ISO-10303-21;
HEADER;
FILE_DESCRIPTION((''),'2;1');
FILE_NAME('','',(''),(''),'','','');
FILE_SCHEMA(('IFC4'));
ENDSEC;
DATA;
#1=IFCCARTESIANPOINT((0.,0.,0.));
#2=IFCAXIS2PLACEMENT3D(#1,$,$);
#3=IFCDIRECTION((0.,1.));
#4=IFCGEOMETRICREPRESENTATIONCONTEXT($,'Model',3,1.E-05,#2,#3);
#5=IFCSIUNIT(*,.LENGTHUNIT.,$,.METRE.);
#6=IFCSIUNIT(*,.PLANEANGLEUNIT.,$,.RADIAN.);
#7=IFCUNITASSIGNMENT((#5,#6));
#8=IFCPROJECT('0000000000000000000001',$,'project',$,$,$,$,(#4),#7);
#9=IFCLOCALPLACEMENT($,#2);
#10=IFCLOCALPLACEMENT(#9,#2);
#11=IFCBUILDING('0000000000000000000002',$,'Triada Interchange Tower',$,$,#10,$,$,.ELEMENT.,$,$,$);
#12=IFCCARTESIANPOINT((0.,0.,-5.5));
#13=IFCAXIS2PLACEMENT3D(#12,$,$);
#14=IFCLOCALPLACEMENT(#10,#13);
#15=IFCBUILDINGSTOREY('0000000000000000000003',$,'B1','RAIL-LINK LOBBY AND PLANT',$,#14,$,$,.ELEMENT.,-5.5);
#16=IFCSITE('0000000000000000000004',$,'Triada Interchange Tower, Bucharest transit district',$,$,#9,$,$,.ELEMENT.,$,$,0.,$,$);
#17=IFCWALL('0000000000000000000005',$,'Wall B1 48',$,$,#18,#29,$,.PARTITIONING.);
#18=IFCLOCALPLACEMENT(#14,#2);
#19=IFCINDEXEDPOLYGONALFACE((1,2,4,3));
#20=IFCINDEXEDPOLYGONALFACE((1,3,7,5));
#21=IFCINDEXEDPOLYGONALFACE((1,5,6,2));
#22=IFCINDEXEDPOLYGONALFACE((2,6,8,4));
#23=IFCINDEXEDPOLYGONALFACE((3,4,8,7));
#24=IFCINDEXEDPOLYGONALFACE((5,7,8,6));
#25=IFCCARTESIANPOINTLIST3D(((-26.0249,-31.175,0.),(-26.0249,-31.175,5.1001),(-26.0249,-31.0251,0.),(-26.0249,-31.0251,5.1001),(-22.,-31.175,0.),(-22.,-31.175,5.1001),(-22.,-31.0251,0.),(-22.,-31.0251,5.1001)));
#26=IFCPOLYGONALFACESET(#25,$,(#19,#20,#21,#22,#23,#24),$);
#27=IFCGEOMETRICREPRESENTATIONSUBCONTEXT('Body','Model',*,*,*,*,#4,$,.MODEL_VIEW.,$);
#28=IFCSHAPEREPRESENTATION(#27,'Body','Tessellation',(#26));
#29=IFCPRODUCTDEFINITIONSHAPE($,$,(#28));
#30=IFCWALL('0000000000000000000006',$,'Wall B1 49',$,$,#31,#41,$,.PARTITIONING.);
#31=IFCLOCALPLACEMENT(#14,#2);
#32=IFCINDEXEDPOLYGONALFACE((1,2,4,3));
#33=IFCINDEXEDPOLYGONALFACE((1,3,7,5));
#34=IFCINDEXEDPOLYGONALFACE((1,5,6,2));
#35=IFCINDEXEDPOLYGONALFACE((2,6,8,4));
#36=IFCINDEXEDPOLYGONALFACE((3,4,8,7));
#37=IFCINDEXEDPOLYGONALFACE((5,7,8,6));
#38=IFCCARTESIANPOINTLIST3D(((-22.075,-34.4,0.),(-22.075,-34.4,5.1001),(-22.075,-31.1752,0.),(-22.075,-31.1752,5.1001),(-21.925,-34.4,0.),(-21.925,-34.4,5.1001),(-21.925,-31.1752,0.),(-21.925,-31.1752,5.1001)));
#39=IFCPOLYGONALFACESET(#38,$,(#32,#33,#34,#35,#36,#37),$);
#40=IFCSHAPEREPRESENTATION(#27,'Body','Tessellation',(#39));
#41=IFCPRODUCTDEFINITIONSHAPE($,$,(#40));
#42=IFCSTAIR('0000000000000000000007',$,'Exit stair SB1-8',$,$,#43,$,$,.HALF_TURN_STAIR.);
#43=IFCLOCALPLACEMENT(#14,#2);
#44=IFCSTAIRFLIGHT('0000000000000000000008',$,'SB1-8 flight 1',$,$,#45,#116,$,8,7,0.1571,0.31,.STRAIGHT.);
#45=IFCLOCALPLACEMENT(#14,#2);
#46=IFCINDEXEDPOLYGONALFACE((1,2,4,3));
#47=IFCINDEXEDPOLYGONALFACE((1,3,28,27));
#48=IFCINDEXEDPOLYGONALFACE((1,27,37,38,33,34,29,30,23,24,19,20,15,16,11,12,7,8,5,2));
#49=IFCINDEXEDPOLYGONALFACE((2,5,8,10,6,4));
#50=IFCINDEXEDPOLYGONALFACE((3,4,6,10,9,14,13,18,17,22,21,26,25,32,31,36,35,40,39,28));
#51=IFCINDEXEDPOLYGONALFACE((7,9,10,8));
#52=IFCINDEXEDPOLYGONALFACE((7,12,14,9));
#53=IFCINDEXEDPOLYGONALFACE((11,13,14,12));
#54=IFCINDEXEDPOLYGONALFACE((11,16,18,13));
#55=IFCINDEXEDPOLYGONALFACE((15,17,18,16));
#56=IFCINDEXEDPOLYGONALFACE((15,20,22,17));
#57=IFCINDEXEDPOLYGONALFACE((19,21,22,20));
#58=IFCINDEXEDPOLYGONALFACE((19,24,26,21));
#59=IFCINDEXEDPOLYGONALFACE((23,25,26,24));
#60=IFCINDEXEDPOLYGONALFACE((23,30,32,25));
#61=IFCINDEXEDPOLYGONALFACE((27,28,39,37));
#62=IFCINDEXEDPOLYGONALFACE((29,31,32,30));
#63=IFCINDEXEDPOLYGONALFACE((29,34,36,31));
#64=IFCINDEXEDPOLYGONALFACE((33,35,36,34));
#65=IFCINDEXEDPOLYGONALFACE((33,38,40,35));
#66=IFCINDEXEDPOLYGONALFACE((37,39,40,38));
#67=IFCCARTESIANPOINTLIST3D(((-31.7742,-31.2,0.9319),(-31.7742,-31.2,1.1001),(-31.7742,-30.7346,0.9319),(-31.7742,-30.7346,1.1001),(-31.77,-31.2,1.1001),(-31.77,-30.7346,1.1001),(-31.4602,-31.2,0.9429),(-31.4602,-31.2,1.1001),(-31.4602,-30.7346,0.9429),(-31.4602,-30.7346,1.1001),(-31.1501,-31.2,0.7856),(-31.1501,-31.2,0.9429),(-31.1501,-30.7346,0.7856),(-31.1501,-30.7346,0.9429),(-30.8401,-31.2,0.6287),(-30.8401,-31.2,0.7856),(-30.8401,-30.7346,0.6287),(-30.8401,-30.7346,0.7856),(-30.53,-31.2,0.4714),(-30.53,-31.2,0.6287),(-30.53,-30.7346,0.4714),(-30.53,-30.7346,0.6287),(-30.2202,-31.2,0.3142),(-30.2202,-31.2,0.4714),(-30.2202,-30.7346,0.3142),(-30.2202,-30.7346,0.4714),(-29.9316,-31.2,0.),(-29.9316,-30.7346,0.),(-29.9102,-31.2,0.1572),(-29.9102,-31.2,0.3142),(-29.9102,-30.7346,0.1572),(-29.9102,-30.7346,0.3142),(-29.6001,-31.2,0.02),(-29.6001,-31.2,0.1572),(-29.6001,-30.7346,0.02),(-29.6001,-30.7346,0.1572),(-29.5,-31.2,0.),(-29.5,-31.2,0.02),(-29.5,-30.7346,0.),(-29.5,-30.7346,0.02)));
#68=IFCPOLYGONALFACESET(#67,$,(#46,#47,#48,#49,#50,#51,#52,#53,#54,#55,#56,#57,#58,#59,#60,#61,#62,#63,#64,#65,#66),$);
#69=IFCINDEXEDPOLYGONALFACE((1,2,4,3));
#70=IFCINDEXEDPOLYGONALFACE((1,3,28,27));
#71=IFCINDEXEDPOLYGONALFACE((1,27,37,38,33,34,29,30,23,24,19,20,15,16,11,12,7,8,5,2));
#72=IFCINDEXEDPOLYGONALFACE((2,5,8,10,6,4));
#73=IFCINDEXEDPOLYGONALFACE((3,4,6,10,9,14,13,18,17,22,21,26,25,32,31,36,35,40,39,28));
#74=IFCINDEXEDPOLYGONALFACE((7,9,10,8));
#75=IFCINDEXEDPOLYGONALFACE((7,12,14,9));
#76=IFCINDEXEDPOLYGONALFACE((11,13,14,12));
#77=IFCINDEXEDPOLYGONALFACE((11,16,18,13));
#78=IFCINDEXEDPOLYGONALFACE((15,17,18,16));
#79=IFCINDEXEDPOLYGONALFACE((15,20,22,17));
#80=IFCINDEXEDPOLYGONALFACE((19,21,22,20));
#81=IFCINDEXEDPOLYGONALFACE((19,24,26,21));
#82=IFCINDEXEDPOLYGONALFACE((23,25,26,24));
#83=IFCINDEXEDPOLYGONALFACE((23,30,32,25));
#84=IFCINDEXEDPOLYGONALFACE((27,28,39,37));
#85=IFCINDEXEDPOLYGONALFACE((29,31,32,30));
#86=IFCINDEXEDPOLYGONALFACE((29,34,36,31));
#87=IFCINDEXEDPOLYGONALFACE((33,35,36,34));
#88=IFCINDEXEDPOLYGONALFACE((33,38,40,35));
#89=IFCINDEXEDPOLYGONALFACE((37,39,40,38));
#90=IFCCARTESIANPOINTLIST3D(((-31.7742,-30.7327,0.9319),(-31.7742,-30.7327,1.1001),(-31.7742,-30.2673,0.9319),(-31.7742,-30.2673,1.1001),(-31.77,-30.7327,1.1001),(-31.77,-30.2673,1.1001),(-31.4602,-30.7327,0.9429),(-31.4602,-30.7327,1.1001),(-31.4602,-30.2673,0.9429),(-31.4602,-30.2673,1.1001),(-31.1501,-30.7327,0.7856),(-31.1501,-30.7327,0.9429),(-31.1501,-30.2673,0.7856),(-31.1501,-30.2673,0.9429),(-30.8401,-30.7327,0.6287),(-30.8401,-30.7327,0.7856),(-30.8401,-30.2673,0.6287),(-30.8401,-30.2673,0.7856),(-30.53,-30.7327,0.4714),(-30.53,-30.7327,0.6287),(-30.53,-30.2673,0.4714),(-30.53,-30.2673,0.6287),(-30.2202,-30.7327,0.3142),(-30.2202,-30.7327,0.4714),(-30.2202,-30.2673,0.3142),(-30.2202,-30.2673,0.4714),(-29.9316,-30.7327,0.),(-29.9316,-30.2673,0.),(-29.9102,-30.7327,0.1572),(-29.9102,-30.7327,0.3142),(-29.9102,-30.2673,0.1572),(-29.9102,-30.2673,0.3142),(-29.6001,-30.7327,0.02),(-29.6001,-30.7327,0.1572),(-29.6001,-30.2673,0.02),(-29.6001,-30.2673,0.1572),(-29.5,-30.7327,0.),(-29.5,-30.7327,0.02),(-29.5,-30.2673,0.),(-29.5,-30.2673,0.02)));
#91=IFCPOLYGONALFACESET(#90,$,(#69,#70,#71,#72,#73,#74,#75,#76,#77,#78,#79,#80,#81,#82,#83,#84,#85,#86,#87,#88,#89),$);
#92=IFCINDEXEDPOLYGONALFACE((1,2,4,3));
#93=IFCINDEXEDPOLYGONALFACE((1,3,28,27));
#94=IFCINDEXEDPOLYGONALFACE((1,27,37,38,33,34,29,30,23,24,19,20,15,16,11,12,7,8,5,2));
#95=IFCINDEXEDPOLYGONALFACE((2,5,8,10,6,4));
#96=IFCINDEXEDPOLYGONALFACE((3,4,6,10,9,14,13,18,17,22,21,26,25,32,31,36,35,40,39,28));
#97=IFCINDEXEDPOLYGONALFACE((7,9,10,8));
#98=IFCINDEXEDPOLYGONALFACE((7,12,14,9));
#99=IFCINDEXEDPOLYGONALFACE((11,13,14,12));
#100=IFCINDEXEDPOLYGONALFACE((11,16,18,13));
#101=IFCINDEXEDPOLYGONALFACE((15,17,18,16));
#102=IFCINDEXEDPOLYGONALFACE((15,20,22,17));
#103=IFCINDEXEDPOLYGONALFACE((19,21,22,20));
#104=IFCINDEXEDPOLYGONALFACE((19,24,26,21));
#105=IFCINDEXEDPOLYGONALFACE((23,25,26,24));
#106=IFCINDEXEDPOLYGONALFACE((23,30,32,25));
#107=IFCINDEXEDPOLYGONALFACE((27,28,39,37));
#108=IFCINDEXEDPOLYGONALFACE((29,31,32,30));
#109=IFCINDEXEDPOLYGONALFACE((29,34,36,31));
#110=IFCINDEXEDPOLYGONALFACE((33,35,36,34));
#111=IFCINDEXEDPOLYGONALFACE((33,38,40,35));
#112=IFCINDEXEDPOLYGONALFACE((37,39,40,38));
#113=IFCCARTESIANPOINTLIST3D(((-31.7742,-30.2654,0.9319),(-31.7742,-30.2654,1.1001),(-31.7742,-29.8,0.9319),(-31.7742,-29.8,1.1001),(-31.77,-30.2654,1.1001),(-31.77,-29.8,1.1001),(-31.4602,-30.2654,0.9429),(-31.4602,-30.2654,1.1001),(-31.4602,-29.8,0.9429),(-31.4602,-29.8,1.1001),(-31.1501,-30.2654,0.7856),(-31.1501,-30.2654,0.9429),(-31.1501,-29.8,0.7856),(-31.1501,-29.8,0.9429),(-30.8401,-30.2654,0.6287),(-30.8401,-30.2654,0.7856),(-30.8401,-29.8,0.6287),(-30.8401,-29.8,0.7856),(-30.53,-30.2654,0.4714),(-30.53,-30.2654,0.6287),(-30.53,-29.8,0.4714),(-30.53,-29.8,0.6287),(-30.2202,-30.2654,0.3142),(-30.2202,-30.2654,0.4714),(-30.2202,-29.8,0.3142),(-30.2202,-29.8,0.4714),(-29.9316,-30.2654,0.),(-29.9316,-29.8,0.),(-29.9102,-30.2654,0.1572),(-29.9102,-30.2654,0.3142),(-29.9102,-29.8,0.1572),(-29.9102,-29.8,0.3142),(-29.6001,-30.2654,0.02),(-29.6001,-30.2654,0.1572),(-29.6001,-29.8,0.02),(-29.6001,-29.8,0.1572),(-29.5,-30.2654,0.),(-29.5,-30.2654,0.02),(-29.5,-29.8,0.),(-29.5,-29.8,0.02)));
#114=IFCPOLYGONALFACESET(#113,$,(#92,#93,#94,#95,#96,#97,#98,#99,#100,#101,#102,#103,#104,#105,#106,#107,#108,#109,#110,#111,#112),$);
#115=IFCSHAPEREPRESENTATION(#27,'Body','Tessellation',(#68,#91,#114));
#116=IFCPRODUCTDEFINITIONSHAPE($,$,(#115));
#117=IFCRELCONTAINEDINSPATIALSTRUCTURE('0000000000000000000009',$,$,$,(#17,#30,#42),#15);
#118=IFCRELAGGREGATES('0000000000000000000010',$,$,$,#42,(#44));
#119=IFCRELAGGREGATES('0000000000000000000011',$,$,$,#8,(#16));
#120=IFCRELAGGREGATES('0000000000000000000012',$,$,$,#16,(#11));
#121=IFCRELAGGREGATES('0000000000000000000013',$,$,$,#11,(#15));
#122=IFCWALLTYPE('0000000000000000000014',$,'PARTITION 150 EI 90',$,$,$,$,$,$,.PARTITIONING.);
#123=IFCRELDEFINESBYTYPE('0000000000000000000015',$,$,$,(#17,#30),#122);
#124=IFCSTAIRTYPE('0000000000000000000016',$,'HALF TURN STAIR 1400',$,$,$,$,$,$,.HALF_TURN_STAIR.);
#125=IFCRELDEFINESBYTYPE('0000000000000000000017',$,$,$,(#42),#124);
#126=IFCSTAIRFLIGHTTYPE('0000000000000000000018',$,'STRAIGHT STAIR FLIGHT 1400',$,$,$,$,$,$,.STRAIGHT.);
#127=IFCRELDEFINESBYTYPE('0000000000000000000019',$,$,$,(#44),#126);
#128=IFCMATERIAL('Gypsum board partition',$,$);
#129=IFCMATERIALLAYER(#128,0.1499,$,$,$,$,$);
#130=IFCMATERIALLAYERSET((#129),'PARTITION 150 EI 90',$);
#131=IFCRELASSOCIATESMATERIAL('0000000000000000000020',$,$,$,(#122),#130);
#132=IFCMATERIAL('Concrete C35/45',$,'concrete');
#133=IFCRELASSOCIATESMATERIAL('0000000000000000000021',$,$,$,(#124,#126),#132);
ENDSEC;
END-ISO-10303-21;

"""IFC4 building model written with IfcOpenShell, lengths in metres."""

from ifc_helpers import new_model, si_unit, direction, frame, frame_2d, origin, place, context, subcontext, project, spatial, polyline, rectangle, outline, extrude, material, layer, layer_set, type_object, element, aggregate, save


model = new_model("IFC4")

# Units and contexts
model_context = context("Model", 3, precision=1e-05, world=origin(), true_north=direction((0.0, 1.0)))
body_context = subcontext(model_context, "Body", "Model", "MODEL_VIEW")
ifc_project = project(units=[si_unit("LENGTHUNIT", "METRE"), si_unit("PLANEANGLEUNIT", "RADIAN")], contexts=[model_context])

# Site, building, storey
site_placement = place(None, origin())
site = spatial("IfcSite", under=ifc_project, at=site_placement, Name="Triada Interchange Tower, Bucharest transit district", CompositionType="ELEMENT", RefElevation=0.0)
building_placement = place(site_placement, origin())
building = spatial("IfcBuilding", under=site, at=building_placement, Name="Triada Interchange Tower", CompositionType="ELEMENT")
storey_placement = place(building_placement, frame((0.0, 0.0, -5.5)))
storey = spatial("IfcBuildingStorey", under=building, at=storey_placement, Name="B1", Description="RAIL-LINK LOBBY AND PLANT", CompositionType="ELEMENT", Elevation=-5.5)

# Shared definitions
ifc_material_1 = material(Name="Concrete C35/45", Category="concrete")

# Shared definitions
ifc_material_2 = material(Name="Gypsum board partition")

# Walls
ifc_layer_1 = layer(ifc_material_2, 0.1499)
ifc_layer_set_1 = layer_set([ifc_layer_1], Name="PARTITION 150 EI 90")
wall_type_1 = type_object("IfcWallType", Name="PARTITION 150 EI 90", PredefinedType="PARTITIONING", material=ifc_layer_set_1)
wall_1_placement = place(storey_placement, frame((-26.0249, -31.1001, 0.0), z_axis=(0.0, 0.0, 1.0), x_axis=(1.0, 0.0, 0.0)))
element("IfcWall", 1, at=wall_1_placement, inside=storey, type_object=wall_type_1, Name="Wall B1 48", PredefinedType="PARTITIONING", context=body_context, shape_type="SweptSolid", body=[
    extrude(rectangle(XDim=4.0249, YDim=0.1499, at=frame_2d((2.0125, 0.0))), origin(), (0.0, 0.0, 1.0), 5.1001),
])
wall_2_placement = place(storey_placement, frame((-22.0, -34.3999, 0.0), z_axis=(0.0, 0.0, 1.0), x_axis=(0.0, 1.0, 0.0)))
element("IfcWall", 2, at=wall_2_placement, inside=storey, type_object=wall_type_1, Name="Wall B1 49", PredefinedType="PARTITIONING", context=body_context, shape_type="SweptSolid", body=[
    extrude(rectangle(XDim=3.2249, YDim=0.1499, at=frame_2d((1.6123, 0.0))), origin(), (0.0, 0.0, 1.0), 5.1001),
])

# Stair, stair flight
stair_type = type_object("IfcStairType", Name="HALF TURN STAIR 1400", PredefinedType="HALF_TURN_STAIR", material=ifc_material_1)
stair_placement = place(storey_placement, origin())
stair = element("IfcStair", 3, at=stair_placement, inside=storey, type_object=stair_type, Name="Exit stair SB1-8", PredefinedType="HALF_TURN_STAIR")
stair_flight_type = type_object("IfcStairFlightType", Name="STRAIGHT STAIR FLIGHT 1400", PredefinedType="STRAIGHT", material=ifc_material_1)
stair_flight_1_placement = place(storey_placement, frame((-29.6001, -30.5, 0.0), z_axis=(0.0, 0.0, 1.0), x_axis=(-1.0, 0.0, 0.0)))
stair_flight_1 = element("IfcStairFlight", 4, at=stair_flight_1_placement, type_object=stair_flight_type, Name="SB1-8 flight 1", NumberOfRisers=8, NumberOfTreads=7, PredefinedType="STRAIGHT", RiserHeight=0.1571, TreadLength=0.31, context=body_context, shape_type="SweptSolid", body=[
    extrude(outline(polyline([(-0.1001, 0.0), (-0.1001, 0.02), (0.0, 0.02), (0.0, 0.1572), (0.3101, 0.1572), (0.3101, 0.3142), (0.6201, 0.3142), (0.6201, 0.4714), (0.9299, 0.4714), (0.9299, 0.6287), (1.24, 0.6287), (1.24, 0.7856), (1.55, 0.7856), (1.55, 0.9429), (1.8601, 0.9429), (1.8601, 1.1001), (2.1699, 1.1001), (2.1741, 1.1001), (2.1741, 1.2571), (2.1741, 0.9319), (0.3315, 0.0), (-0.1001, 0.0)])), frame((0.0, 0.7, 0.0), z_axis=(0.0, -1.0, 0.0), x_axis=(1.0, 0.0, 0.0)), (0.0, 0.0, 1.0), 0.4653),
    extrude(outline(polyline([(-0.1001, 0.0), (-0.1001, 0.02), (0.0, 0.02), (0.0, 0.1572), (0.3101, 0.1572), (0.3101, 0.3142), (0.6201, 0.3142), (0.6201, 0.4714), (0.9299, 0.4714), (0.9299, 0.6287), (1.24, 0.6287), (1.24, 0.7856), (1.55, 0.7856), (1.55, 0.9429), (1.8601, 0.9429), (1.8601, 1.1001), (2.1699, 1.1001), (2.1741, 1.1001), (2.1741, 1.2571), (2.1741, 0.9319), (0.3315, 0.0), (-0.1001, 0.0)])), frame((0.0, 0.2327, 0.0), z_axis=(0.0, -1.0, 0.0), x_axis=(1.0, 0.0, 0.0)), (0.0, 0.0, 1.0), 0.4653),
    extrude(outline(polyline([(-0.1001, 0.0), (-0.1001, 0.02), (0.0, 0.02), (0.0, 0.1572), (0.3101, 0.1572), (0.3101, 0.3142), (0.6201, 0.3142), (0.6201, 0.4714), (0.9299, 0.4714), (0.9299, 0.6287), (1.24, 0.6287), (1.24, 0.7856), (1.55, 0.7856), (1.55, 0.9429), (1.8601, 0.9429), (1.8601, 1.1001), (2.1699, 1.1001), (2.1741, 1.1001), (2.1741, 1.2571), (2.1741, 0.9319), (0.3315, 0.0), (-0.1001, 0.0)])), frame((0.0, -0.2346, 0.0), z_axis=(0.0, -1.0, 0.0), x_axis=(1.0, 0.0, 0.0)), (0.0, 0.0, 1.0), 0.4653),
])
aggregate(stair, [stair_flight_1])

save(model, "model.ifc")
